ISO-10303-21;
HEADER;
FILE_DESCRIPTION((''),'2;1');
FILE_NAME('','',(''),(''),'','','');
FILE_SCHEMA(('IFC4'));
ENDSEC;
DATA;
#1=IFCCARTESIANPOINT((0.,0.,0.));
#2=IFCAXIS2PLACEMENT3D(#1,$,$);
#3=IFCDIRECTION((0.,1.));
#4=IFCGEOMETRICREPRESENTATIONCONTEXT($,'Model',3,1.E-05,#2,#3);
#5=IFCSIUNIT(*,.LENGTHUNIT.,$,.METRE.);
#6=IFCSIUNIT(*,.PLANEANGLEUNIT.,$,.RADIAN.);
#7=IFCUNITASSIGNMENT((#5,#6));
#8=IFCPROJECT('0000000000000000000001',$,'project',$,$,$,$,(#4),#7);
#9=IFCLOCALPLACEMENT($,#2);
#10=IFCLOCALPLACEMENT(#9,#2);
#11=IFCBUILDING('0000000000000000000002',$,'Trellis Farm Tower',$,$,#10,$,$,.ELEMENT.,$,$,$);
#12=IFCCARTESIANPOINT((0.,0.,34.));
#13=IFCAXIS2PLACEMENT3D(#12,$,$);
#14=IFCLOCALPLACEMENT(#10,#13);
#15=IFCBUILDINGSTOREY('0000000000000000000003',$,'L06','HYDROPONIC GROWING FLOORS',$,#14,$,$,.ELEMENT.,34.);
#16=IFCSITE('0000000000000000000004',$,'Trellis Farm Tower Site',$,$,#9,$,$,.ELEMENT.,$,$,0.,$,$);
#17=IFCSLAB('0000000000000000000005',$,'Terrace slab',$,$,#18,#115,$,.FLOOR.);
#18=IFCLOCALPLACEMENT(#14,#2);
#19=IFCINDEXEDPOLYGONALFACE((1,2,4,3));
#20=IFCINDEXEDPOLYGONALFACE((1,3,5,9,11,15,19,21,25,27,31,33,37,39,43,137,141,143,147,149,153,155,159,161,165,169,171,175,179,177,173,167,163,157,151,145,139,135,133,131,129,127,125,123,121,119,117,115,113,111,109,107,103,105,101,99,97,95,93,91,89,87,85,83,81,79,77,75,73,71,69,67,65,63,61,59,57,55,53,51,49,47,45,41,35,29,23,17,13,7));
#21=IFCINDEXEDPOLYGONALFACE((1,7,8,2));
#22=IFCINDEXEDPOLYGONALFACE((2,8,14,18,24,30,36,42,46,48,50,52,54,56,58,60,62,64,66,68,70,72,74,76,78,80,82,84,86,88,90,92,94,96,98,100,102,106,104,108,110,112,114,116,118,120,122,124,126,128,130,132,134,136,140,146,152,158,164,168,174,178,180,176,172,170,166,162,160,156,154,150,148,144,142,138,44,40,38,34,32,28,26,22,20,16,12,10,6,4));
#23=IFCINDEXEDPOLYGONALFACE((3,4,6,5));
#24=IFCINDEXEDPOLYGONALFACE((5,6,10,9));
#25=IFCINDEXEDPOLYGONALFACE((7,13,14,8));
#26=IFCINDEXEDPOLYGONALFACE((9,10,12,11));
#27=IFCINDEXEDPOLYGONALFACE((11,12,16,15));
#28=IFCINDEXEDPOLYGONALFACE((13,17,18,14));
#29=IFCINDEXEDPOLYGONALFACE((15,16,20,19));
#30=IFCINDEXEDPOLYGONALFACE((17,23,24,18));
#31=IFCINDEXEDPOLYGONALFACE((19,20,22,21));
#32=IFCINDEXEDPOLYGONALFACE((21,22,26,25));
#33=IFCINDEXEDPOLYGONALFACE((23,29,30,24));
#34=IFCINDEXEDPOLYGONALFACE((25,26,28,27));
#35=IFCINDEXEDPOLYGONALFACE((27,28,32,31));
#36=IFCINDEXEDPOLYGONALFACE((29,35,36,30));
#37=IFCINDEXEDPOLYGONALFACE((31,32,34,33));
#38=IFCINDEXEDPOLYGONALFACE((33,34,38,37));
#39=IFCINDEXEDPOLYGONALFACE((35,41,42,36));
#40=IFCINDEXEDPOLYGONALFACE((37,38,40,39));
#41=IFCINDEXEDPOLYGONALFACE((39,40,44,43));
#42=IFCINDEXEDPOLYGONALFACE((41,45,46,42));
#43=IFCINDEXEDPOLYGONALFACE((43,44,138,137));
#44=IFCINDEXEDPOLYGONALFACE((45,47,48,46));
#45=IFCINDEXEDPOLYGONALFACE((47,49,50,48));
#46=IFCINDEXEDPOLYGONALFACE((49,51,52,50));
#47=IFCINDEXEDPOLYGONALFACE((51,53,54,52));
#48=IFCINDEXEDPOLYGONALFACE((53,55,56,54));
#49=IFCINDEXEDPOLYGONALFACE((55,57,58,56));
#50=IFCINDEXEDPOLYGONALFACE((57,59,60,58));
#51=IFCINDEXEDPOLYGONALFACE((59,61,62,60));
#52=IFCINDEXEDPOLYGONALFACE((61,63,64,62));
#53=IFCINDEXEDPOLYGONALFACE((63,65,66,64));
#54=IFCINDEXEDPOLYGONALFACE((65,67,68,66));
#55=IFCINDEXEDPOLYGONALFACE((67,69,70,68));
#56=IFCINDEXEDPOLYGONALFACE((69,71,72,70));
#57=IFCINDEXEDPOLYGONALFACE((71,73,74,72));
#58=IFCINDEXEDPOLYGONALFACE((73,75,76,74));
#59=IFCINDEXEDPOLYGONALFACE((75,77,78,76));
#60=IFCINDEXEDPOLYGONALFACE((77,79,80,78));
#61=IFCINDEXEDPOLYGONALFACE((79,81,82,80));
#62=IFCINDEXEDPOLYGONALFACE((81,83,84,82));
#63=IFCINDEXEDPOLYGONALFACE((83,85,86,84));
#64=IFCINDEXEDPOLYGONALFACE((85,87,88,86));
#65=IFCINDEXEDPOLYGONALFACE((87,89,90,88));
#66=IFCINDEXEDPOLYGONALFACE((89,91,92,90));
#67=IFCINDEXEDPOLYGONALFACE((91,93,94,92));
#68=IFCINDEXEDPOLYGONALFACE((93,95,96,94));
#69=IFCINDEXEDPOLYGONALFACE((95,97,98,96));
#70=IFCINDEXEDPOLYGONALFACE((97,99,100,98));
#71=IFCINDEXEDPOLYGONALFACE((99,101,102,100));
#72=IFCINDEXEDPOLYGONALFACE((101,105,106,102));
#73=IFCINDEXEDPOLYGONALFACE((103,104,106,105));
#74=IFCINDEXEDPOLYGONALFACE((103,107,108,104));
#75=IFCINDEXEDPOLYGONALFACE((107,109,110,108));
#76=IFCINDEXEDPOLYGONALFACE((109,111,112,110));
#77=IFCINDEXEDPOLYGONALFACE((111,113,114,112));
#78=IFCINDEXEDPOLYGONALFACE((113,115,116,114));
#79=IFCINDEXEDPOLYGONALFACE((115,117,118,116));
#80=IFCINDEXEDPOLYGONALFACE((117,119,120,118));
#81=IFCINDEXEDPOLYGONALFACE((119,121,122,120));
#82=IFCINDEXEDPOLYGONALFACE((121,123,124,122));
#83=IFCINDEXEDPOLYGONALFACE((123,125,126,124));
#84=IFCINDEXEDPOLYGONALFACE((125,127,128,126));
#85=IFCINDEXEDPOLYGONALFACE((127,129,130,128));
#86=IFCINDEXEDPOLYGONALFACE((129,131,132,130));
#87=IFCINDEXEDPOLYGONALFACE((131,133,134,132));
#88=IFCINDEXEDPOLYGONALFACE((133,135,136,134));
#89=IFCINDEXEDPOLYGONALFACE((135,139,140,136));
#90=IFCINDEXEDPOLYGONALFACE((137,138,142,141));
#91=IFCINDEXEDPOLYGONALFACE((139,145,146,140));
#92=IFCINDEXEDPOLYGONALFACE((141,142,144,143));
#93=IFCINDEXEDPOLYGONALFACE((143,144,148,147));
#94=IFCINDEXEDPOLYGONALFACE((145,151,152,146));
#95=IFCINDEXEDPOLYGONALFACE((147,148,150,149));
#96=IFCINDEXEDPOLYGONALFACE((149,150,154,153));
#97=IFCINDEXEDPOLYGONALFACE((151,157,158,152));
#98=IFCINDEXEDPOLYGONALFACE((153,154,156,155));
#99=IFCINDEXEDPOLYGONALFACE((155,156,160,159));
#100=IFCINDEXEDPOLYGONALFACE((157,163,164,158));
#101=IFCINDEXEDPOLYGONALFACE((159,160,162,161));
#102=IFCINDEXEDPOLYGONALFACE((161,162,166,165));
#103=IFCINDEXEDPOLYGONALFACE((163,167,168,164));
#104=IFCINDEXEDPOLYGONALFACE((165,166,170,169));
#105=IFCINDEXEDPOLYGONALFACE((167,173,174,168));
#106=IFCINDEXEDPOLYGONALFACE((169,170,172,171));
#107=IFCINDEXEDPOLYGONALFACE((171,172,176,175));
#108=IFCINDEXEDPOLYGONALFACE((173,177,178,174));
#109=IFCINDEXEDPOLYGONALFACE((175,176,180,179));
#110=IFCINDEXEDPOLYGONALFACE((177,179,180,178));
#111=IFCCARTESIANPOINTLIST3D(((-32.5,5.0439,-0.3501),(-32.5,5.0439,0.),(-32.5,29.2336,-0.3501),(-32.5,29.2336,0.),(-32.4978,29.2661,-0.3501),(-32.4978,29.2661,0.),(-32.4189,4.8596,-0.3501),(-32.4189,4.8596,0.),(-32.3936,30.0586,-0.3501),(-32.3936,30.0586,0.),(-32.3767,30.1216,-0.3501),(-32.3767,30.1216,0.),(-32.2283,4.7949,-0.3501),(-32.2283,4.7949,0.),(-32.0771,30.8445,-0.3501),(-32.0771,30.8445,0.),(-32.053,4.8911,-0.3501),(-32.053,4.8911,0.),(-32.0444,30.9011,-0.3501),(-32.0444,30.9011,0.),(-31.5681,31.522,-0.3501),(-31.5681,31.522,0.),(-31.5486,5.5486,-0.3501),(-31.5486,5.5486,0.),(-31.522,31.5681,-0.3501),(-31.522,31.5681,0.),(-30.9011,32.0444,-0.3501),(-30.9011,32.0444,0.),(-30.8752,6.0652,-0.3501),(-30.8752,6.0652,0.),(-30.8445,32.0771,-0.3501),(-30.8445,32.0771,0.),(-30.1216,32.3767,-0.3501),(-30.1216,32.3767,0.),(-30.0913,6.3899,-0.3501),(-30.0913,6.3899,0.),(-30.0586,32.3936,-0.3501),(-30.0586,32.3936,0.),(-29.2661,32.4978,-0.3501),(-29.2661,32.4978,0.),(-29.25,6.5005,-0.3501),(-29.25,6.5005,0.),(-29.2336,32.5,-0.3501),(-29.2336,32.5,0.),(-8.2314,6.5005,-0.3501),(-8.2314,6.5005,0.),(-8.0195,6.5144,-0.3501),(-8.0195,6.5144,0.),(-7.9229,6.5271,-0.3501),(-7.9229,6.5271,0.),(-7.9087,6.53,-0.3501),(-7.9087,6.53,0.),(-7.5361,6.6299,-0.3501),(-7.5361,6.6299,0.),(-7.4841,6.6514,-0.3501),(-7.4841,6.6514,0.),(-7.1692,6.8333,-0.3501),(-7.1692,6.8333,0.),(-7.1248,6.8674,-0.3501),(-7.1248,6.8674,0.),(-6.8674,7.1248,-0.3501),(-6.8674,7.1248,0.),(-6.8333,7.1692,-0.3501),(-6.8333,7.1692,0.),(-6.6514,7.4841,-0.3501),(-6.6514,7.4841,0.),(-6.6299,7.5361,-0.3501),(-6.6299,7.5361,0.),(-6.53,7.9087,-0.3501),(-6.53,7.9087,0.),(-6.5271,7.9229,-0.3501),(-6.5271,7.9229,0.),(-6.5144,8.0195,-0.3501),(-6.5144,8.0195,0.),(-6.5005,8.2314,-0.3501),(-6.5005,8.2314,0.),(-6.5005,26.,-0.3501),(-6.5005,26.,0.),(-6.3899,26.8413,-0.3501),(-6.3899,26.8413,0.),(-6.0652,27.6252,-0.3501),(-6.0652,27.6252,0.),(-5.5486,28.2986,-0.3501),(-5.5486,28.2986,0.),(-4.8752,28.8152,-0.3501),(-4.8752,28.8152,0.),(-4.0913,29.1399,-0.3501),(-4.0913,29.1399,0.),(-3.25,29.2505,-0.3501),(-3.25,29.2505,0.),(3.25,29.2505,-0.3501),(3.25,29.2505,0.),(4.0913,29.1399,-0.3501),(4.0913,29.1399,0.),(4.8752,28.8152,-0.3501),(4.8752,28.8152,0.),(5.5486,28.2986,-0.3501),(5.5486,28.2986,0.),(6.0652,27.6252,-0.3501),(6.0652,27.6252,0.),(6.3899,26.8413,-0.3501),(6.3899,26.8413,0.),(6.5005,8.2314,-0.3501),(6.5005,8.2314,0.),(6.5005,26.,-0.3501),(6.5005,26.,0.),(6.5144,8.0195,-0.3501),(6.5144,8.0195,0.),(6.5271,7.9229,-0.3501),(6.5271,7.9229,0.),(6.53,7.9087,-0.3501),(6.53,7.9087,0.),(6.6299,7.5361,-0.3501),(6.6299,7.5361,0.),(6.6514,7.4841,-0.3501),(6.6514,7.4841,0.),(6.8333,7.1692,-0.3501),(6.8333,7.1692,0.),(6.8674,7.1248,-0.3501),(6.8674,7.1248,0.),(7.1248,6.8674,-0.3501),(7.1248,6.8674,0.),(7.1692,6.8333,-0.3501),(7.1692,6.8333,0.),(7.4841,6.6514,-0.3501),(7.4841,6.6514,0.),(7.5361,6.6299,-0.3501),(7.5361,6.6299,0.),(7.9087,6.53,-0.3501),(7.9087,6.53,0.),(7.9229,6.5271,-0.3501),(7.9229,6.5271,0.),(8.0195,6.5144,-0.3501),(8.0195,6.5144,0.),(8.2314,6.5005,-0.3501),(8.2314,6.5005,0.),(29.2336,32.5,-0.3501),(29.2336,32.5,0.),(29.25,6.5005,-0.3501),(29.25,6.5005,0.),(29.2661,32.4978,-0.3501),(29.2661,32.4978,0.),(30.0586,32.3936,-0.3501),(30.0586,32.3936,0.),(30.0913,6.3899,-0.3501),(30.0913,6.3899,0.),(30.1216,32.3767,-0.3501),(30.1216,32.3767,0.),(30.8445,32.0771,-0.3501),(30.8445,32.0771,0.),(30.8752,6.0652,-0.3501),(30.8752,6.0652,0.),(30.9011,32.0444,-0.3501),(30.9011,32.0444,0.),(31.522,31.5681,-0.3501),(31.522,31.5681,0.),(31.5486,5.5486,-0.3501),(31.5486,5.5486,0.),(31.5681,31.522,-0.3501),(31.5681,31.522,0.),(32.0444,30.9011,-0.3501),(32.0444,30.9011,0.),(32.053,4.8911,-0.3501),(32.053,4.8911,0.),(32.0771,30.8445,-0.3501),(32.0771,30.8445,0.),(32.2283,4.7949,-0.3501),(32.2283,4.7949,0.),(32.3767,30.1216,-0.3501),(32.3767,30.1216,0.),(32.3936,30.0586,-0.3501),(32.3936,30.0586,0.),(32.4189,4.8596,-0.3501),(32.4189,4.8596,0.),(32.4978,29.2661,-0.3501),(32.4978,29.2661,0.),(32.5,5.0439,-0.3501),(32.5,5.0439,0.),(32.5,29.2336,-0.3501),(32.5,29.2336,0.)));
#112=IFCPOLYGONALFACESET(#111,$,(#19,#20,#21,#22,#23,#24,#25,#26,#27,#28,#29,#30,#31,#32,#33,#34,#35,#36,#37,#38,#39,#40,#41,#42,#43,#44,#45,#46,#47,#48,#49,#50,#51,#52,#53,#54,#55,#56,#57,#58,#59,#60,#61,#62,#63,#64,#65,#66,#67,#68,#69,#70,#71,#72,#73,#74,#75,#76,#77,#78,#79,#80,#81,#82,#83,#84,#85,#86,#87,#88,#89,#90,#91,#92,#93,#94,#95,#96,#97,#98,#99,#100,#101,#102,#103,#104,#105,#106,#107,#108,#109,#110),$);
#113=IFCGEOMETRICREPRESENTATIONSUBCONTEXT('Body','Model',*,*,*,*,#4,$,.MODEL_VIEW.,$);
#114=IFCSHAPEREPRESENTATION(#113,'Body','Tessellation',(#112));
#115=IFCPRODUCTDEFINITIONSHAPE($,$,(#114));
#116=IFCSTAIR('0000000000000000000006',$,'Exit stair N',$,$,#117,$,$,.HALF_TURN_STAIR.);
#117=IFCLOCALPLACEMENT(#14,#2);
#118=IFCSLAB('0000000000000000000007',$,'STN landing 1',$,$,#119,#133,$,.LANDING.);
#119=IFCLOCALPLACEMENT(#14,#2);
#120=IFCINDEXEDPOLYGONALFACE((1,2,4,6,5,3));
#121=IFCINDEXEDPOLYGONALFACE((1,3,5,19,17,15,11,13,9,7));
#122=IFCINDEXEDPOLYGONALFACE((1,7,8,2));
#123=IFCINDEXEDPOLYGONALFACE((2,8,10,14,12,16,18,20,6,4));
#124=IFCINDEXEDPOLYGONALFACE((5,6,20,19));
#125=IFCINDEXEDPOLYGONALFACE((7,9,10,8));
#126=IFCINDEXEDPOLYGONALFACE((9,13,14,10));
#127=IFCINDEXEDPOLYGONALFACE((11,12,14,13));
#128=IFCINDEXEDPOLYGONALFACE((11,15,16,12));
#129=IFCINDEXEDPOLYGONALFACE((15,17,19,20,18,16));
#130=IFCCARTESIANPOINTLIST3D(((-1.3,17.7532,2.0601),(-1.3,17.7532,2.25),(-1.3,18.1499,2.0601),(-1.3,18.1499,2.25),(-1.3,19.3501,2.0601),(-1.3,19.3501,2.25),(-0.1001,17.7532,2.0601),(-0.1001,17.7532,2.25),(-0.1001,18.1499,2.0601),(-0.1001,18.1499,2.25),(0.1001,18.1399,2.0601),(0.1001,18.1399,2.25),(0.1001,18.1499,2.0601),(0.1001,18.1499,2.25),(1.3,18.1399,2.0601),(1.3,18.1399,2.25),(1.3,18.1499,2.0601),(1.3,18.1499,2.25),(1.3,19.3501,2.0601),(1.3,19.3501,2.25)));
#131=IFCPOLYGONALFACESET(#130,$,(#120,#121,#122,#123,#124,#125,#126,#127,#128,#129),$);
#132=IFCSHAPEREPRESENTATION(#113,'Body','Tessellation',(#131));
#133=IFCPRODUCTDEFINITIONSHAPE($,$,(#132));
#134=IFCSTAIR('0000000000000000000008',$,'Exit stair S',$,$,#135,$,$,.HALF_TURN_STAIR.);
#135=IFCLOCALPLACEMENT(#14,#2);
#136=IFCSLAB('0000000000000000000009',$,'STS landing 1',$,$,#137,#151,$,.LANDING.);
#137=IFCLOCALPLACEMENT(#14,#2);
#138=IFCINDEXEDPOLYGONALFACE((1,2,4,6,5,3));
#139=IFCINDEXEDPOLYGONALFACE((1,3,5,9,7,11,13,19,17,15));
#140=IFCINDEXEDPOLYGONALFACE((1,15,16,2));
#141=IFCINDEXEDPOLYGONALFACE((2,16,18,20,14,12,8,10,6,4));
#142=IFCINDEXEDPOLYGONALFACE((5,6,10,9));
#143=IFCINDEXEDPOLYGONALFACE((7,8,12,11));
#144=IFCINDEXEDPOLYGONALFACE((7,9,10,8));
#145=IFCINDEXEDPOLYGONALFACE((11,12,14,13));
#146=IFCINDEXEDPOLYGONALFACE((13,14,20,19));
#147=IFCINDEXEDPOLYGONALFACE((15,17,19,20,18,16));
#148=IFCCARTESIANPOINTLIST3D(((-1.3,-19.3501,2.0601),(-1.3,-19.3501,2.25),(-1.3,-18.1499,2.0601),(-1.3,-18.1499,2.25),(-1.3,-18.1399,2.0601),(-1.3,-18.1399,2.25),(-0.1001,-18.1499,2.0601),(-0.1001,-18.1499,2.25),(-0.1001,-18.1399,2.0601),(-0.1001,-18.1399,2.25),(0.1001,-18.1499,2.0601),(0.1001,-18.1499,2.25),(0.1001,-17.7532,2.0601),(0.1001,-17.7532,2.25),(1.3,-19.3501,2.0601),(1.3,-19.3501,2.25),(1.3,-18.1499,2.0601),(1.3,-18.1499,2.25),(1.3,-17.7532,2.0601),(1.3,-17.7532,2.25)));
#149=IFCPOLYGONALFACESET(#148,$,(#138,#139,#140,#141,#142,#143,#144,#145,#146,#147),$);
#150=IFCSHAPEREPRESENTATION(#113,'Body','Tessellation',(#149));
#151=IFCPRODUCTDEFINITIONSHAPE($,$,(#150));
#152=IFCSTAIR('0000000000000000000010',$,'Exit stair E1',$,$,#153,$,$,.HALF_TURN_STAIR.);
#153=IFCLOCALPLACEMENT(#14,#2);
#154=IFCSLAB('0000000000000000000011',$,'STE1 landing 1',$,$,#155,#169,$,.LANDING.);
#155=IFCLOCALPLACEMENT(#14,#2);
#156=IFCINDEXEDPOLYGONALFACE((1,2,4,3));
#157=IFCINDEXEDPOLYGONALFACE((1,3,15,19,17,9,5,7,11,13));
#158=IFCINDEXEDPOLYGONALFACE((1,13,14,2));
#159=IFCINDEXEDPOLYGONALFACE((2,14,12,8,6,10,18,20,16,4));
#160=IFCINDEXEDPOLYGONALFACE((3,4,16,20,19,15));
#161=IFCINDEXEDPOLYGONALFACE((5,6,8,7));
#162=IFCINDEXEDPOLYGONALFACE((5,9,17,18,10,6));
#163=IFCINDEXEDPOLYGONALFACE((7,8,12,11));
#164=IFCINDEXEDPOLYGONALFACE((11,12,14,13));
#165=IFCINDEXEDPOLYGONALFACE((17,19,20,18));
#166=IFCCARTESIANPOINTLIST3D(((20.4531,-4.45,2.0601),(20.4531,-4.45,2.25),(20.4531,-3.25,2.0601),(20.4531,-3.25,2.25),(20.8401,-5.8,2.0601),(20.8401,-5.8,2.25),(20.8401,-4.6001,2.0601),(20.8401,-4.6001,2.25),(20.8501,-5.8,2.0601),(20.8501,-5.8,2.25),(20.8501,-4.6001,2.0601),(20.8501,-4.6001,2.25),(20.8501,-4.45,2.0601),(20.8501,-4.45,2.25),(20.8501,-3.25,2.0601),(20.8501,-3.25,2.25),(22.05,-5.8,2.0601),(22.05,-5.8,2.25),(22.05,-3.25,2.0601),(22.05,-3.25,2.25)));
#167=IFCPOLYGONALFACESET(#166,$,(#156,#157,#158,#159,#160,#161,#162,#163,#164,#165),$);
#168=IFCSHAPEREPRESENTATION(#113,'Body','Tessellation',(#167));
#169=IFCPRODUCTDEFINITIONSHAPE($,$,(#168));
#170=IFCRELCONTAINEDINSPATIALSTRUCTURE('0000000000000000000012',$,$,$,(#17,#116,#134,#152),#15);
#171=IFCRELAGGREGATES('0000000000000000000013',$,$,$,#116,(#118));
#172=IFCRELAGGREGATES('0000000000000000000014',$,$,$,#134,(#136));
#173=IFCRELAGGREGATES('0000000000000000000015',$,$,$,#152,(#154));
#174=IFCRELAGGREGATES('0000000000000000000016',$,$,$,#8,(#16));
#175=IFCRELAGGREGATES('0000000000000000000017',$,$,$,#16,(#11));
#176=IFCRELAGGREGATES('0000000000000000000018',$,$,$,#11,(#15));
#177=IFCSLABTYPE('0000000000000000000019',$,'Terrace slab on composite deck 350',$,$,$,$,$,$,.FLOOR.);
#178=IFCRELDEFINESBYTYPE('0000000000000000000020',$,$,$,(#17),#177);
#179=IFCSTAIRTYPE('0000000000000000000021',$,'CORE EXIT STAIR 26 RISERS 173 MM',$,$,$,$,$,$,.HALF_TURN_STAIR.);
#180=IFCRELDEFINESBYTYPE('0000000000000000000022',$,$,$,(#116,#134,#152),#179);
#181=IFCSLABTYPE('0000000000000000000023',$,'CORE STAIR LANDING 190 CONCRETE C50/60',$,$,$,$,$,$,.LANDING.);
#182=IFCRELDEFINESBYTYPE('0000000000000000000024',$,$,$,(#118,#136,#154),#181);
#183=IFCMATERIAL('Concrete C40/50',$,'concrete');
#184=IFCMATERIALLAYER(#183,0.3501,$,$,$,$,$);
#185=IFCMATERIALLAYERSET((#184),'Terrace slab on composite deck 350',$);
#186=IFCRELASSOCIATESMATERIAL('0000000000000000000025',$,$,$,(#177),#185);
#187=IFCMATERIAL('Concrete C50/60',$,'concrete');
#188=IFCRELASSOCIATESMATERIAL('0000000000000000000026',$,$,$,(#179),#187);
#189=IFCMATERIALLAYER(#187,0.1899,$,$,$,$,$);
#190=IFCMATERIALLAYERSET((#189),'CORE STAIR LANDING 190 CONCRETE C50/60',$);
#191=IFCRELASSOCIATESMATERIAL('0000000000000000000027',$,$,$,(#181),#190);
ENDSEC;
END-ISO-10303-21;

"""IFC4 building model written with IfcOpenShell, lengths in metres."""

from ifc_helpers import new_model, si_unit, direction, frame, origin, place, context, subcontext, project, spatial, polyline, outline, extrude, source, transform, mapped, material, layer, layer_set, type_object, element, aggregate, save


model = new_model("IFC4")

# Units and contexts
model_context = context("Model", 3, precision=1e-05, world=origin(), true_north=direction((0.0, 1.0)))
body_context = subcontext(model_context, "Body", "Model", "MODEL_VIEW")
ifc_project = project(units=[si_unit("LENGTHUNIT", "METRE"), si_unit("PLANEANGLEUNIT", "RADIAN")], contexts=[model_context])

# Site, building, storey
site_placement = place(None, origin())
site = spatial("IfcSite", under=ifc_project, at=site_placement, Name="Trellis Farm Tower Site", CompositionType="ELEMENT", RefElevation=0.0)
building_placement = place(site_placement, origin())
building = spatial("IfcBuilding", under=site, at=building_placement, Name="Trellis Farm Tower", CompositionType="ELEMENT")
storey_placement = place(building_placement, frame((0.0, 0.0, 34.0)))
storey = spatial("IfcBuildingStorey", under=building, at=storey_placement, Name="L06", Description="HYDROPONIC GROWING FLOORS", CompositionType="ELEMENT", Elevation=34.0)

# Slab
ifc_material_1 = material(Name="Concrete C40/50", Category="concrete")
placement_1 = place(storey_placement, frame((0.0, 0.0, -0.3501)))
ifc_layer_1 = layer(ifc_material_1, 0.3501)
ifc_layer_set_1 = layer_set([ifc_layer_1], Name="Terrace slab on composite deck 350")
slab_type_1 = type_object("IfcSlabType", Name="Terrace slab on composite deck 350", PredefinedType="FLOOR", material=ifc_layer_set_1)
element("IfcSlab", 1, at=placement_1, inside=storey, type_object=slab_type_1, Name="Terrace slab", PredefinedType="FLOOR", context=body_context, shape_type="SweptSolid", body=[
    extrude(outline(polyline([(-32.4189, 4.8596), (-32.5, 5.0439), (-32.5, 29.2336), (-32.4978, 29.2661), (-32.3936, 30.0586), (-32.3767, 30.1216), (-32.0771, 30.8445), (-32.0444, 30.9011), (-31.5681, 31.522), (-31.522, 31.5681), (-30.9011, 32.0444), (-30.8445, 32.0771), (-30.1216, 32.3767), (-30.0586, 32.3936), (-29.2661, 32.4978), (-29.2336, 32.5), (29.2336, 32.5), (29.2661, 32.4978), (30.0586, 32.3936), (30.1216, 32.3767), (30.8445, 32.0771), (30.9011, 32.0444), (31.522, 31.5681), (31.5681, 31.522), (32.0444, 30.9011), (32.0771, 30.8445), (32.3767, 30.1216), (32.3936, 30.0586), (32.4978, 29.2661), (32.5, 29.2336), (32.5, 5.0439), (32.4189, 4.8596), (32.2283, 4.7949), (32.053, 4.8911), (31.5486, 5.5486), (30.8752, 6.0652), (30.0913, 6.3899), (29.25, 6.5005), (8.2314, 6.5005), (8.0195, 6.5144), (7.9229, 6.5271), (7.9087, 6.53), (7.5361, 6.6299), (7.4841, 6.6514), (7.1692, 6.8333), (7.1248, 6.8674), (6.8674, 7.1248), (6.8333, 7.1692), (6.6514, 7.4841), (6.6299, 7.5361), (6.53, 7.9087), (6.5271, 7.9229), (6.5144, 8.0195), (6.5005, 8.2314), (6.5005, 26.0), (6.3899, 26.8413), (6.0652, 27.6252), (5.5486, 28.2986), (4.8752, 28.8152), (4.0913, 29.1399), (3.25, 29.2505), (-3.25, 29.2505), (-4.0913, 29.1399), (-4.8752, 28.8152), (-5.5486, 28.2986), (-6.0652, 27.6252), (-6.3899, 26.8413), (-6.5005, 26.0), (-6.5005, 8.2314), (-6.5144, 8.0195), (-6.5271, 7.9229), (-6.53, 7.9087), (-6.6299, 7.5361), (-6.6514, 7.4841), (-6.8333, 7.1692), (-6.8674, 7.1248), (-7.1248, 6.8674), (-7.1692, 6.8333), (-7.4841, 6.6514), (-7.5361, 6.6299), (-7.9087, 6.53), (-7.9229, 6.5271), (-8.0195, 6.5144), (-8.2314, 6.5005), (-29.25, 6.5005), (-30.0913, 6.3899), (-30.8752, 6.0652), (-31.5486, 5.5486), (-32.053, 4.8911), (-32.2283, 4.7949), (-32.4189, 4.8596)])), origin(), (0.0, 0.0, 1.0), 0.3501),
])

# Stairs, slabs
ifc_material_2 = material(Name="Concrete C50/60", Category="concrete")
stair_type = type_object("IfcStairType", Name="CORE EXIT STAIR 26 RISERS 173 MM", PredefinedType="HALF_TURN_STAIR", material=ifc_material_2)
placement_2 = place(storey_placement, origin())
stair_1 = element("IfcStair", 2, at=placement_2, inside=storey, type_object=stair_type, Name="Exit stair N", PredefinedType="HALF_TURN_STAIR")
ifc_layer_2 = layer(ifc_material_2, 0.1899)
ifc_layer_set_2 = layer_set([ifc_layer_2], Name="CORE STAIR LANDING 190 CONCRETE C50/60")
slab_type_2 = type_object("IfcSlabType", Name="CORE STAIR LANDING 190 CONCRETE C50/60", PredefinedType="LANDING", material=ifc_layer_set_2)
shared_shape_1 = source(origin(), body_context, "Body", "SweptSolid", [
    extrude(outline(polyline([(-0.1001, 17.7532), (-1.3, 17.7532), (-1.3, 18.1499), (-1.3, 19.3501), (1.3, 19.3501), (1.3, 18.1499), (1.3, 18.1399), (0.1001, 18.1399), (0.1001, 18.1499), (-0.1001, 18.1499), (-0.1001, 17.7532)])), origin(), (0.0, 0.0, 1.0), 0.1899),
])
placement_3 = place(storey_placement, frame((0.0, 0.0, 2.0601)))
slab_1 = element("IfcSlab", 3, at=placement_3, type_object=slab_type_2, Name="STN landing 1", PredefinedType="LANDING", context=body_context, shape_type="MappedRepresentation", body=[
    mapped(shared_shape_1, transform((0.0, 0.0, 0.0))),
])
aggregate(stair_1, [slab_1])
stair_2 = element("IfcStair", 4, at=placement_2, inside=storey, type_object=stair_type, Name="Exit stair S", PredefinedType="HALF_TURN_STAIR")
shared_shape_2 = source(origin(), body_context, "Body", "SweptSolid", [
    extrude(outline(polyline([(1.3, -19.3501), (-1.3, -19.3501), (-1.3, -18.1499), (-1.3, -18.1399), (-0.1001, -18.1399), (-0.1001, -18.1499), (0.1001, -18.1499), (0.1001, -17.7532), (1.3, -17.7532), (1.3, -18.1499), (1.3, -19.3501)])), origin(), (0.0, 0.0, 1.0), 0.1899),
])
slab_2 = element("IfcSlab", 5, at=placement_3, type_object=slab_type_2, Name="STS landing 1", PredefinedType="LANDING", context=body_context, shape_type="MappedRepresentation", body=[
    mapped(shared_shape_2, transform((0.0, 0.0, 0.0))),
])
aggregate(stair_2, [slab_2])
stair_3 = element("IfcStair", 6, at=placement_2, inside=storey, type_object=stair_type, Name="Exit stair E1", PredefinedType="HALF_TURN_STAIR")
shared_shape_3 = source(origin(), body_context, "Body", "SweptSolid", [
    extrude(outline(polyline([(20.8401, -5.8), (20.8401, -4.6001), (20.8501, -4.6001), (20.8501, -4.45), (20.4531, -4.45), (20.4531, -3.25), (20.8501, -3.25), (22.05, -3.25), (22.05, -5.8), (20.8501, -5.8), (20.8401, -5.8)])), origin(), (0.0, 0.0, 1.0), 0.1899),
])
slab_3 = element("IfcSlab", 7, at=placement_3, type_object=slab_type_2, Name="STE1 landing 1", PredefinedType="LANDING", context=body_context, shape_type="MappedRepresentation", body=[
    mapped(shared_shape_3, transform((0.0, 0.0, 0.0))),
])
aggregate(stair_3, [slab_3])

save(model, "model.ifc")
